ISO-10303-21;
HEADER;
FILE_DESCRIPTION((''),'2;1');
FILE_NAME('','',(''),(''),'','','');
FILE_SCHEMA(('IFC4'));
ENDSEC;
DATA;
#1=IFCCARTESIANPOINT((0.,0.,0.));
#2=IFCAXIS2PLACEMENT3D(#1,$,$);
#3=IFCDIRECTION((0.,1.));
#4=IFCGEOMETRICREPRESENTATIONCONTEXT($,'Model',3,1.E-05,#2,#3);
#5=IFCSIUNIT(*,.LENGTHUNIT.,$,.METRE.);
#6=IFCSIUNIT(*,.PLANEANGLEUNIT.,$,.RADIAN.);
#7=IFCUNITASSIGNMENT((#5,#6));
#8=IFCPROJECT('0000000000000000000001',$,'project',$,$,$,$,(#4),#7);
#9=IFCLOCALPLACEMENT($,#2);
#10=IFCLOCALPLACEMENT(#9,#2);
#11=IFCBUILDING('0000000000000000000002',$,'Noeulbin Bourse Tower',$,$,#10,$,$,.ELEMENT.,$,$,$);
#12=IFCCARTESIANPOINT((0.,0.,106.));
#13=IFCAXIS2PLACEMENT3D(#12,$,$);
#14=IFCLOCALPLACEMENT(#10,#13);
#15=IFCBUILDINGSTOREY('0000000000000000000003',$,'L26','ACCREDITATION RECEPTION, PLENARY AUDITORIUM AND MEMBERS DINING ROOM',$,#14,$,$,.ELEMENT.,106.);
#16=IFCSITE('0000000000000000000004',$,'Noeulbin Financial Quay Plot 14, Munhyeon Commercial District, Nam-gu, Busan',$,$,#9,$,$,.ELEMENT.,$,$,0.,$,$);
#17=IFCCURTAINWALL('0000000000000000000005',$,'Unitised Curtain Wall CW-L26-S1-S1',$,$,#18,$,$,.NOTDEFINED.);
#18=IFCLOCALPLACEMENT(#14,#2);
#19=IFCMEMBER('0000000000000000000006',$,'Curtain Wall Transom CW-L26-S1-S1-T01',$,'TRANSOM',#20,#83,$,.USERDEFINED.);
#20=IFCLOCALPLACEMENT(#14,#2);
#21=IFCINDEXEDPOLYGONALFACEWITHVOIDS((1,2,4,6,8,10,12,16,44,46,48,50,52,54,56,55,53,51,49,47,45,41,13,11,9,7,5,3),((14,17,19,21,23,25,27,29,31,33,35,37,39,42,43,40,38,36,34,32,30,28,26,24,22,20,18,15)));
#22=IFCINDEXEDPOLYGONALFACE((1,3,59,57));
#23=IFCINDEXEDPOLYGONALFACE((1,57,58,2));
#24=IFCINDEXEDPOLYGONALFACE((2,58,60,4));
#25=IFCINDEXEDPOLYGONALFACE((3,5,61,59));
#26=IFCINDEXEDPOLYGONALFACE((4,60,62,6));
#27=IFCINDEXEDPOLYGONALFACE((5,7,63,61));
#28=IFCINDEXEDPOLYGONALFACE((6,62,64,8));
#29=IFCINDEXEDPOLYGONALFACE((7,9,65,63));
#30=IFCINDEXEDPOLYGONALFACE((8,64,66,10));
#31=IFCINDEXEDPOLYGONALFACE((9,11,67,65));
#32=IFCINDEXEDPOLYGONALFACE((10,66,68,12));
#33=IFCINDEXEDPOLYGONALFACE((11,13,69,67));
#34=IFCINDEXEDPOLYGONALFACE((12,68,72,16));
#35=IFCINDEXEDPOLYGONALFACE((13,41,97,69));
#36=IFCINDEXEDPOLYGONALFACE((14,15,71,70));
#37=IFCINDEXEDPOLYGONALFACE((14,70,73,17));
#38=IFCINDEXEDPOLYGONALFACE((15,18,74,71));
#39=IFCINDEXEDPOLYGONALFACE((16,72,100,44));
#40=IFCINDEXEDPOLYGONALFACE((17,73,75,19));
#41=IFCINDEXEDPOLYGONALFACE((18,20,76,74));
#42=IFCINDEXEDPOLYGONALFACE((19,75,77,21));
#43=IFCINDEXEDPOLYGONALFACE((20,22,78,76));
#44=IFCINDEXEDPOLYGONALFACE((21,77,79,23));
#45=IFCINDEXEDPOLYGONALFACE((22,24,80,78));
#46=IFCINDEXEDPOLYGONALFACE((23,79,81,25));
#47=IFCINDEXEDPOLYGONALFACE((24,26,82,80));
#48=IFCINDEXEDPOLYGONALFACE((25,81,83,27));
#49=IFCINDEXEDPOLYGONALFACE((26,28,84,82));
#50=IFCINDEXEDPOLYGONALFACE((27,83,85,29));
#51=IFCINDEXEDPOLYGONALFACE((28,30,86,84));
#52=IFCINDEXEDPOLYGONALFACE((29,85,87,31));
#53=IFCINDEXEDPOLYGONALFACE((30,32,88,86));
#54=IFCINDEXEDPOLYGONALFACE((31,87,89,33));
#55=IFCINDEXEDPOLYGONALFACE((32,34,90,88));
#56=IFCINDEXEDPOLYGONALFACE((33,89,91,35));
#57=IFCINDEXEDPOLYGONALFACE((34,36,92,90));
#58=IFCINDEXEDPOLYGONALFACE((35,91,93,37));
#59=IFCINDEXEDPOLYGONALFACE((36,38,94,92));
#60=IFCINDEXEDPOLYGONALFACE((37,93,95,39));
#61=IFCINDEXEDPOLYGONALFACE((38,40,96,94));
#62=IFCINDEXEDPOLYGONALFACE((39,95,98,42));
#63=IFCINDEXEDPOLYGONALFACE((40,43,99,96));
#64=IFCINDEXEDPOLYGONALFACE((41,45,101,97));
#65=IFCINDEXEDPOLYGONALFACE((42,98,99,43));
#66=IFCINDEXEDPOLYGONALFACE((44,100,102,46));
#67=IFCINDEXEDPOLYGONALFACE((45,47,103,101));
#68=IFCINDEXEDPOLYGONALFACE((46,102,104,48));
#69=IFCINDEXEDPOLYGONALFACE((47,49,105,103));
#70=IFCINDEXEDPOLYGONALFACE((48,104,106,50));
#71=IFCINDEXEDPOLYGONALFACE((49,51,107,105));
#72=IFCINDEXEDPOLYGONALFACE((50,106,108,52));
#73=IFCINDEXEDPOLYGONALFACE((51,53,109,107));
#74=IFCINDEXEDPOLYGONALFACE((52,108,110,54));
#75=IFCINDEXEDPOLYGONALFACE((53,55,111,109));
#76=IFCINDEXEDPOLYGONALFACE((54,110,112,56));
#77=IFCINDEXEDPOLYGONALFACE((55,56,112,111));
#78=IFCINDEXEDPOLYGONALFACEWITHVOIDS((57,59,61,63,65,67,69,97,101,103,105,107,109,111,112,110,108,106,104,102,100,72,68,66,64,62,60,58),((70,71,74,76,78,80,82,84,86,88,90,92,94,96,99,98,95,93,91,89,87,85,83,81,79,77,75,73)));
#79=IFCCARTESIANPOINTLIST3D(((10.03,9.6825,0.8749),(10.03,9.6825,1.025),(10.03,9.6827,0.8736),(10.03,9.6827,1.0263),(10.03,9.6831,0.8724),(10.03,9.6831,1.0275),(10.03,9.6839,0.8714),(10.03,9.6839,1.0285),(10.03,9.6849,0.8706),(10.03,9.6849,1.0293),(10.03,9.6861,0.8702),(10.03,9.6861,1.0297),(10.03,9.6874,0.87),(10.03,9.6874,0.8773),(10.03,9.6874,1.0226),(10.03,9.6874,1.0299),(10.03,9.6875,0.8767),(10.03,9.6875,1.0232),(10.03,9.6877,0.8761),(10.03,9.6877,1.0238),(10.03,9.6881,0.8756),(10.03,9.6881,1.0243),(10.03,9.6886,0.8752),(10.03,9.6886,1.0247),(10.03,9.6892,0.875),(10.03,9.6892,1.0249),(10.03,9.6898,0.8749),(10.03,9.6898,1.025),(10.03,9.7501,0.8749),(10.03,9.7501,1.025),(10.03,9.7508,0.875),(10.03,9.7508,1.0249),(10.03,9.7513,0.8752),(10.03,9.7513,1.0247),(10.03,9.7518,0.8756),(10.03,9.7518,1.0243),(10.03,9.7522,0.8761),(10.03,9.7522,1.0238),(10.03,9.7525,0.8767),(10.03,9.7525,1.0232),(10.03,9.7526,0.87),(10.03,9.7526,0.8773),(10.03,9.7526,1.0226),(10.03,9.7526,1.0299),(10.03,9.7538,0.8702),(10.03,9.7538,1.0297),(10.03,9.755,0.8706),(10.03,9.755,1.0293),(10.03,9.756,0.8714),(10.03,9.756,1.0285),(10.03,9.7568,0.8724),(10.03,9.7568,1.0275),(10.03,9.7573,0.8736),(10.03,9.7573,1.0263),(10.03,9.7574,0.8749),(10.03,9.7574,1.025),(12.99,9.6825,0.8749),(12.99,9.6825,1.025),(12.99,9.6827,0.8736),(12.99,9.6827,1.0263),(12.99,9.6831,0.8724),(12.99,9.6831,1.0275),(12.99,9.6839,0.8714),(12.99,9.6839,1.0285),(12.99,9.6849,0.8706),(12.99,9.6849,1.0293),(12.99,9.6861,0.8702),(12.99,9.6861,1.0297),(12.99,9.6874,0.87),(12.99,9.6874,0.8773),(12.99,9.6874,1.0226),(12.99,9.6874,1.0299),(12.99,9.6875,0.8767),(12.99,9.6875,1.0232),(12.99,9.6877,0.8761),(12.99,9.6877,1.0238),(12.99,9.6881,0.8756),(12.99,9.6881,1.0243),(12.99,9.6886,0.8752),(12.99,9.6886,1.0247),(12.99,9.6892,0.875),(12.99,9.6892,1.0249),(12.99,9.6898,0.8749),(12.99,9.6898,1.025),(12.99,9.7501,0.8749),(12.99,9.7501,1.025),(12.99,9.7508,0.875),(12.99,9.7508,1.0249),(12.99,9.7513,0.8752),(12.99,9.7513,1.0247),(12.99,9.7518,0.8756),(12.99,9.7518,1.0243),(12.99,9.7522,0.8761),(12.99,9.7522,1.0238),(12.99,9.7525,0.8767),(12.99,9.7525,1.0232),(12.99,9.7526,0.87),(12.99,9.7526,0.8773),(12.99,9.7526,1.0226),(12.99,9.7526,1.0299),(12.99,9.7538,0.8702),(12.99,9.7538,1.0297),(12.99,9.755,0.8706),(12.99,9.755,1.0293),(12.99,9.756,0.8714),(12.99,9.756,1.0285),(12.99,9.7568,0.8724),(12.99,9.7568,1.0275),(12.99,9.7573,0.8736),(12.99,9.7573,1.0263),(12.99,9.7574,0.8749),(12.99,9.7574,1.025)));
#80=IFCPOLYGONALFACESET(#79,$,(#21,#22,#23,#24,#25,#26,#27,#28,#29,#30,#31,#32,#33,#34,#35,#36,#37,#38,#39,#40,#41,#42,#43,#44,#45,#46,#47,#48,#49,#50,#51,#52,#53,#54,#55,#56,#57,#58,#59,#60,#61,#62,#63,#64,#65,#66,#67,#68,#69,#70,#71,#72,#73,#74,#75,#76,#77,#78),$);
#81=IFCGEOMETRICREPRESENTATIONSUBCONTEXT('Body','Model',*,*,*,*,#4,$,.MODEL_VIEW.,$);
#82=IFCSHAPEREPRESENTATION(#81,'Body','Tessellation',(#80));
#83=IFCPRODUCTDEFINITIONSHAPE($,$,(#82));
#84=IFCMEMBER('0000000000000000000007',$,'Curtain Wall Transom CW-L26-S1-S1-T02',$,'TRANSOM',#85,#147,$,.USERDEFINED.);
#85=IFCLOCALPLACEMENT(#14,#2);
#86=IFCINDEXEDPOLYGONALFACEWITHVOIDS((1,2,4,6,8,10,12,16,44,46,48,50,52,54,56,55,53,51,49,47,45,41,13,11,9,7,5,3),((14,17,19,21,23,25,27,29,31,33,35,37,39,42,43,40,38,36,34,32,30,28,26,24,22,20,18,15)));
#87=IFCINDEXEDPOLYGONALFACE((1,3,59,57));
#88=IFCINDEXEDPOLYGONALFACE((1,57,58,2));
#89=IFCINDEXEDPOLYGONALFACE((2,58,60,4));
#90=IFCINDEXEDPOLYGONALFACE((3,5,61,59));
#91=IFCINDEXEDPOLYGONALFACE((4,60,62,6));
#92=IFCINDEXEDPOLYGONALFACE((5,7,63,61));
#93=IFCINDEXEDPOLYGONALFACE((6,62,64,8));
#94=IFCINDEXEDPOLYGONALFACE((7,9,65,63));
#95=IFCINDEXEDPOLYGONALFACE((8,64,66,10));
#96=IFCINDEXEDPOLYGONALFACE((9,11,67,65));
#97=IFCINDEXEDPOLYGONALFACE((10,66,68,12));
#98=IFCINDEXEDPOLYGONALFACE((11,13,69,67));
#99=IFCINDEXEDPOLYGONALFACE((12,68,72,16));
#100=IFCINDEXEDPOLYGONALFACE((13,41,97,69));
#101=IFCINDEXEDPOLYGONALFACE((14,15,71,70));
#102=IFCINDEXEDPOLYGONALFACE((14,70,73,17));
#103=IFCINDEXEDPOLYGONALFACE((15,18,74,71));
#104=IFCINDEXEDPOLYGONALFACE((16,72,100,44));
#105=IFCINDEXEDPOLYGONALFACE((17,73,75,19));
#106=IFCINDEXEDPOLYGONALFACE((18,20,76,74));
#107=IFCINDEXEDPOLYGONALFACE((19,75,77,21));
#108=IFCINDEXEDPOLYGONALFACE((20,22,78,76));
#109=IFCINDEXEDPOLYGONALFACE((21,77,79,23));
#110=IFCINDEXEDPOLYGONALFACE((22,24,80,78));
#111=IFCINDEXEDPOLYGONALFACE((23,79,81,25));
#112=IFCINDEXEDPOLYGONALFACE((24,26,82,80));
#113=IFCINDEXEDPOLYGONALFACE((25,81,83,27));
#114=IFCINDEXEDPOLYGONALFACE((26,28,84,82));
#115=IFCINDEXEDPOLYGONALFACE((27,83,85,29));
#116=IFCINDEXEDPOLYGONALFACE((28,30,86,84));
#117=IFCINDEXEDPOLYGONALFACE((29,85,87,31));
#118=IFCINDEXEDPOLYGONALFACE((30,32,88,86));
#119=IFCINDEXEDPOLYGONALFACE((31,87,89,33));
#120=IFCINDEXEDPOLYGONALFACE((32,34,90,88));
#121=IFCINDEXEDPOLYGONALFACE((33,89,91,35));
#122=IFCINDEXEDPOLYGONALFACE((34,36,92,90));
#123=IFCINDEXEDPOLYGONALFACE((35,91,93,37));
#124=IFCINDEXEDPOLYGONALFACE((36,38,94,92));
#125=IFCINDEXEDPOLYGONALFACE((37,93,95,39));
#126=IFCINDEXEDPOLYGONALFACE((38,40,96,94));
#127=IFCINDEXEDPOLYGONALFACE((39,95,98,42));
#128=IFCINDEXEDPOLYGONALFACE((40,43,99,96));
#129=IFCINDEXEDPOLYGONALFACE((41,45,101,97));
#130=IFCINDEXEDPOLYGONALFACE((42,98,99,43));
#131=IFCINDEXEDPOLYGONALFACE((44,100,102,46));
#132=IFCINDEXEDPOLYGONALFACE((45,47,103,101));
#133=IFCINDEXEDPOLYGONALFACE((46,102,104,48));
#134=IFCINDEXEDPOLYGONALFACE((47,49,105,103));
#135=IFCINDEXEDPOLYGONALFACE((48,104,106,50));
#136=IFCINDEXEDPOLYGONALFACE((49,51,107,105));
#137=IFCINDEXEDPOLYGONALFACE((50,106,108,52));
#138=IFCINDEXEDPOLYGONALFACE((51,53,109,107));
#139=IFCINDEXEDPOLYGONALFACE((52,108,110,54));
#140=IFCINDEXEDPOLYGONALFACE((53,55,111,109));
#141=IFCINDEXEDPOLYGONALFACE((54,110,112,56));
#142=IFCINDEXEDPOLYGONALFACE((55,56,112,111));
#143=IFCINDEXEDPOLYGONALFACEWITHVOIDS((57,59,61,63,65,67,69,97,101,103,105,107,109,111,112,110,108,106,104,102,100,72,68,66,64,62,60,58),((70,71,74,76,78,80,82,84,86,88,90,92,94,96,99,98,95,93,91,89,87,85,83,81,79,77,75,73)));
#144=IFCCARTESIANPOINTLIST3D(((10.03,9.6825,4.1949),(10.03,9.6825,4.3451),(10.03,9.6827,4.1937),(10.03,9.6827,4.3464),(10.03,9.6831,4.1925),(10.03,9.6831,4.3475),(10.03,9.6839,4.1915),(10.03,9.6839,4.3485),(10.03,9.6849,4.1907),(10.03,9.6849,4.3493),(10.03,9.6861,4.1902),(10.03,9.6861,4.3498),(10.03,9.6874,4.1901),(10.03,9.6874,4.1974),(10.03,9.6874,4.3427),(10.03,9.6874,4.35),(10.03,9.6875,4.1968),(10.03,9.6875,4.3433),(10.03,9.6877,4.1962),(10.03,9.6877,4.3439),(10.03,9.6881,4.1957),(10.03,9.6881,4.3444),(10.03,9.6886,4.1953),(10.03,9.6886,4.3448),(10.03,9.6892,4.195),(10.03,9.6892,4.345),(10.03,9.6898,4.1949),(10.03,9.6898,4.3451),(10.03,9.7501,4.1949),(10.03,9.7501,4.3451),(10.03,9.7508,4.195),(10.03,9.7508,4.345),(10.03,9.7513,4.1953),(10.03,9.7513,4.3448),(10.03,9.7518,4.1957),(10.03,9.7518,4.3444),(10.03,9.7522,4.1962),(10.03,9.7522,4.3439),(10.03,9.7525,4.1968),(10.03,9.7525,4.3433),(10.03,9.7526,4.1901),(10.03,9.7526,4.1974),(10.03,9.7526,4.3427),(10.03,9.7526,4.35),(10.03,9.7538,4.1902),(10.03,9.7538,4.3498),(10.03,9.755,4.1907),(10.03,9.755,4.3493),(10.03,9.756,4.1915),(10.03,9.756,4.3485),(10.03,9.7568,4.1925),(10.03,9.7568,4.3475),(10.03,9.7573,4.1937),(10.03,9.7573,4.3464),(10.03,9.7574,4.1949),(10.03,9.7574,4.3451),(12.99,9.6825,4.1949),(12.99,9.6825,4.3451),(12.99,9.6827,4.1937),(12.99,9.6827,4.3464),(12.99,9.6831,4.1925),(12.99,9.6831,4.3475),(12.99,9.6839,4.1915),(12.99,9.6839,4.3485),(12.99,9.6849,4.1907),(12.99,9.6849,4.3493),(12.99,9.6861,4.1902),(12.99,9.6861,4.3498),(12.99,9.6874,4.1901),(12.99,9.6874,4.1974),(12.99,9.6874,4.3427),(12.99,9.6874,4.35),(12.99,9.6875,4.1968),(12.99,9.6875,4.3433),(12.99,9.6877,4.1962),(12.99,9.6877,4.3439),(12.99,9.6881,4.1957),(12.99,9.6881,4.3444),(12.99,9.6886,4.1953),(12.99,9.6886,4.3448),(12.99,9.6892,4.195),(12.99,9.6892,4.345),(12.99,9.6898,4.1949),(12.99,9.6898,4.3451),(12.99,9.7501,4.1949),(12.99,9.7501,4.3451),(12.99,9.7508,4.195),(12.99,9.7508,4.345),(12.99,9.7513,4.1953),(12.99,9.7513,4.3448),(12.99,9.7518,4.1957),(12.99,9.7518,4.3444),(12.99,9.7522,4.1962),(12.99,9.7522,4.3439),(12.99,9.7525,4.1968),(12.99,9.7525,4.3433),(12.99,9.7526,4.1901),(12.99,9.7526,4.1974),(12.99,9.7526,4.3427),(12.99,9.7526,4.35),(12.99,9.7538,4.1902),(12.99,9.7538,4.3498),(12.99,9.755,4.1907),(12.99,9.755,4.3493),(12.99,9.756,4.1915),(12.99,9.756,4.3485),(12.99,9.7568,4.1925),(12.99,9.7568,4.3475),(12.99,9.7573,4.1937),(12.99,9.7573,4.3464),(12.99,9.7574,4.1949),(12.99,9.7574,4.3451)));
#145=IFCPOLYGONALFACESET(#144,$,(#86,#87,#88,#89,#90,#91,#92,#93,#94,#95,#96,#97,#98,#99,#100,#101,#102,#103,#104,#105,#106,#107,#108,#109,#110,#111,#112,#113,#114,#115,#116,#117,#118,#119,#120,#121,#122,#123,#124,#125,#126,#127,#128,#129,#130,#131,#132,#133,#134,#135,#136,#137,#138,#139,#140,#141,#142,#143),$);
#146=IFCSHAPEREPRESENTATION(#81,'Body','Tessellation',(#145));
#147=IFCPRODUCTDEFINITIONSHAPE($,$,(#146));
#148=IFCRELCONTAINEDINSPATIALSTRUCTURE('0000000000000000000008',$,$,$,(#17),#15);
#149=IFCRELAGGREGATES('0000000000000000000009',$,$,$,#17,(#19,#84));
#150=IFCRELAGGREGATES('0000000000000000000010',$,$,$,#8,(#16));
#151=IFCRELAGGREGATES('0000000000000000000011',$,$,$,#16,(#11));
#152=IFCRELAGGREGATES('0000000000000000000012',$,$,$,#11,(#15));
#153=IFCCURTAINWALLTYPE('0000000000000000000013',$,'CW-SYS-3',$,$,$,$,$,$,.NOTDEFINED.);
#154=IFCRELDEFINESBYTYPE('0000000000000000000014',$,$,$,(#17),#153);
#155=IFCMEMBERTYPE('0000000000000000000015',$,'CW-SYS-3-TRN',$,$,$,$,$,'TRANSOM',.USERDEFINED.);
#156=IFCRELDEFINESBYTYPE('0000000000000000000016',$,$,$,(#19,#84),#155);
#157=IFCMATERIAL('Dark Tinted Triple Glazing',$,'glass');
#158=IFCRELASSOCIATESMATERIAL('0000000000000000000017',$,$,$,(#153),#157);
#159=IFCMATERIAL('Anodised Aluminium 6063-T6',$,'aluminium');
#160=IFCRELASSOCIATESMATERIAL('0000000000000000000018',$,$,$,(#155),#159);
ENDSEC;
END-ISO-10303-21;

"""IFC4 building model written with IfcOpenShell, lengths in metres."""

from ifc_helpers import new_model, si_unit, direction, frame, origin, origin_2d, place, context, subcontext, project, spatial, hollow_rectangle, extrude, material, material_profile, profile_set, type_object, element, aggregate, save


model = new_model("IFC4")

# Units and contexts
model_context = context("Model", 3, precision=1e-05, world=origin(), true_north=direction((0.0, 1.0)))
body_context = subcontext(model_context, "Body", "Model", "MODEL_VIEW")
ifc_project = project(units=[si_unit("LENGTHUNIT", "METRE"), si_unit("PLANEANGLEUNIT", "RADIAN")], contexts=[model_context])

# Site, building, storey
site_placement = place(None, origin())
site = spatial("IfcSite", under=ifc_project, at=site_placement, Name="Noeulbin Financial Quay Plot 14, Munhyeon Commercial District, Nam-gu, Busan", CompositionType="ELEMENT", RefElevation=0.0)
building_placement = place(site_placement, origin())
building = spatial("IfcBuilding", under=site, at=building_placement, Name="Noeulbin Bourse Tower", CompositionType="ELEMENT")
storey_placement = place(building_placement, frame((0.0, 0.0, 106.0)))
storey = spatial("IfcBuildingStorey", under=building, at=storey_placement, Name="L26", Description="ACCREDITATION RECEPTION, PLENARY AUDITORIUM AND MEMBERS DINING ROOM", CompositionType="ELEMENT", Elevation=106.0)

# Curtain wall
ifc_material_1 = material(Name="Dark Tinted Triple Glazing", Category="glass")
curtain_wall_type = type_object("IfcCurtainWallType", Name="CW-SYS-3", PredefinedType="NOTDEFINED", material=ifc_material_1)
curtain_wall_1_placement = place(storey_placement, origin())
curtain_wall_1 = element("IfcCurtainWall", 1, at=curtain_wall_1_placement, inside=storey, type_object=curtain_wall_type, Name="Unitised Curtain Wall CW-L26-S1-S1", PredefinedType="NOTDEFINED")
ifc_material_2 = material(Name="Anodised Aluminium 6063-T6", Category="aluminium")

# Members
ifc_material_profile_1 = material_profile(ifc_material_2, hollow_rectangle(XDim=0.075, YDim=0.1599, WallThickness=0.0049, InnerFilletRadius=0.0024, OuterFilletRadius=0.0049, at=origin_2d()), Name="ALU-TRAN-75x160x5", Category="LoadBearing")
ifc_profile_set_1 = profile_set([ifc_material_profile_1], Name="Anodised Aluminium 6063-T6")
member_type_1 = type_object("IfcMemberType", Name="CW-SYS-3-TRN", ElementType="TRANSOM", PredefinedType="USERDEFINED", material=ifc_profile_set_1)
member_1_placement = place(storey_placement, frame((10.03, 9.72, 0.95), z_axis=(1.0, 0.0, 0.0), x_axis=(0.0, 1.0, 0.0)))
member_1 = element("IfcMember", 2, at=member_1_placement, type_object=member_type_1, Name="Curtain Wall Transom CW-L26-S1-S1-T01", ObjectType="TRANSOM", PredefinedType="USERDEFINED", context=body_context, shape_type="SweptSolid", body=[
    extrude(hollow_rectangle(XDim=0.075, YDim=0.1599, WallThickness=0.0049, InnerFilletRadius=0.0024, OuterFilletRadius=0.0049, at=origin_2d()), origin(), (0.0, 0.0, 1.0), 2.96),
])
member_2_placement = place(storey_placement, frame((10.03, 9.72, 4.27), z_axis=(1.0, 0.0, 0.0), x_axis=(0.0, 1.0, 0.0)))
member_2 = element("IfcMember", 3, at=member_2_placement, type_object=member_type_1, Name="Curtain Wall Transom CW-L26-S1-S1-T02", ObjectType="TRANSOM", PredefinedType="USERDEFINED", context=body_context, shape_type="SweptSolid", body=[
    extrude(hollow_rectangle(XDim=0.075, YDim=0.1599, WallThickness=0.0049, InnerFilletRadius=0.0024, OuterFilletRadius=0.0049, at=origin_2d()), origin(), (0.0, 0.0, 1.0), 2.96),
])

aggregate(curtain_wall_1, [member_1, member_2])

save(model, "model.ifc")
